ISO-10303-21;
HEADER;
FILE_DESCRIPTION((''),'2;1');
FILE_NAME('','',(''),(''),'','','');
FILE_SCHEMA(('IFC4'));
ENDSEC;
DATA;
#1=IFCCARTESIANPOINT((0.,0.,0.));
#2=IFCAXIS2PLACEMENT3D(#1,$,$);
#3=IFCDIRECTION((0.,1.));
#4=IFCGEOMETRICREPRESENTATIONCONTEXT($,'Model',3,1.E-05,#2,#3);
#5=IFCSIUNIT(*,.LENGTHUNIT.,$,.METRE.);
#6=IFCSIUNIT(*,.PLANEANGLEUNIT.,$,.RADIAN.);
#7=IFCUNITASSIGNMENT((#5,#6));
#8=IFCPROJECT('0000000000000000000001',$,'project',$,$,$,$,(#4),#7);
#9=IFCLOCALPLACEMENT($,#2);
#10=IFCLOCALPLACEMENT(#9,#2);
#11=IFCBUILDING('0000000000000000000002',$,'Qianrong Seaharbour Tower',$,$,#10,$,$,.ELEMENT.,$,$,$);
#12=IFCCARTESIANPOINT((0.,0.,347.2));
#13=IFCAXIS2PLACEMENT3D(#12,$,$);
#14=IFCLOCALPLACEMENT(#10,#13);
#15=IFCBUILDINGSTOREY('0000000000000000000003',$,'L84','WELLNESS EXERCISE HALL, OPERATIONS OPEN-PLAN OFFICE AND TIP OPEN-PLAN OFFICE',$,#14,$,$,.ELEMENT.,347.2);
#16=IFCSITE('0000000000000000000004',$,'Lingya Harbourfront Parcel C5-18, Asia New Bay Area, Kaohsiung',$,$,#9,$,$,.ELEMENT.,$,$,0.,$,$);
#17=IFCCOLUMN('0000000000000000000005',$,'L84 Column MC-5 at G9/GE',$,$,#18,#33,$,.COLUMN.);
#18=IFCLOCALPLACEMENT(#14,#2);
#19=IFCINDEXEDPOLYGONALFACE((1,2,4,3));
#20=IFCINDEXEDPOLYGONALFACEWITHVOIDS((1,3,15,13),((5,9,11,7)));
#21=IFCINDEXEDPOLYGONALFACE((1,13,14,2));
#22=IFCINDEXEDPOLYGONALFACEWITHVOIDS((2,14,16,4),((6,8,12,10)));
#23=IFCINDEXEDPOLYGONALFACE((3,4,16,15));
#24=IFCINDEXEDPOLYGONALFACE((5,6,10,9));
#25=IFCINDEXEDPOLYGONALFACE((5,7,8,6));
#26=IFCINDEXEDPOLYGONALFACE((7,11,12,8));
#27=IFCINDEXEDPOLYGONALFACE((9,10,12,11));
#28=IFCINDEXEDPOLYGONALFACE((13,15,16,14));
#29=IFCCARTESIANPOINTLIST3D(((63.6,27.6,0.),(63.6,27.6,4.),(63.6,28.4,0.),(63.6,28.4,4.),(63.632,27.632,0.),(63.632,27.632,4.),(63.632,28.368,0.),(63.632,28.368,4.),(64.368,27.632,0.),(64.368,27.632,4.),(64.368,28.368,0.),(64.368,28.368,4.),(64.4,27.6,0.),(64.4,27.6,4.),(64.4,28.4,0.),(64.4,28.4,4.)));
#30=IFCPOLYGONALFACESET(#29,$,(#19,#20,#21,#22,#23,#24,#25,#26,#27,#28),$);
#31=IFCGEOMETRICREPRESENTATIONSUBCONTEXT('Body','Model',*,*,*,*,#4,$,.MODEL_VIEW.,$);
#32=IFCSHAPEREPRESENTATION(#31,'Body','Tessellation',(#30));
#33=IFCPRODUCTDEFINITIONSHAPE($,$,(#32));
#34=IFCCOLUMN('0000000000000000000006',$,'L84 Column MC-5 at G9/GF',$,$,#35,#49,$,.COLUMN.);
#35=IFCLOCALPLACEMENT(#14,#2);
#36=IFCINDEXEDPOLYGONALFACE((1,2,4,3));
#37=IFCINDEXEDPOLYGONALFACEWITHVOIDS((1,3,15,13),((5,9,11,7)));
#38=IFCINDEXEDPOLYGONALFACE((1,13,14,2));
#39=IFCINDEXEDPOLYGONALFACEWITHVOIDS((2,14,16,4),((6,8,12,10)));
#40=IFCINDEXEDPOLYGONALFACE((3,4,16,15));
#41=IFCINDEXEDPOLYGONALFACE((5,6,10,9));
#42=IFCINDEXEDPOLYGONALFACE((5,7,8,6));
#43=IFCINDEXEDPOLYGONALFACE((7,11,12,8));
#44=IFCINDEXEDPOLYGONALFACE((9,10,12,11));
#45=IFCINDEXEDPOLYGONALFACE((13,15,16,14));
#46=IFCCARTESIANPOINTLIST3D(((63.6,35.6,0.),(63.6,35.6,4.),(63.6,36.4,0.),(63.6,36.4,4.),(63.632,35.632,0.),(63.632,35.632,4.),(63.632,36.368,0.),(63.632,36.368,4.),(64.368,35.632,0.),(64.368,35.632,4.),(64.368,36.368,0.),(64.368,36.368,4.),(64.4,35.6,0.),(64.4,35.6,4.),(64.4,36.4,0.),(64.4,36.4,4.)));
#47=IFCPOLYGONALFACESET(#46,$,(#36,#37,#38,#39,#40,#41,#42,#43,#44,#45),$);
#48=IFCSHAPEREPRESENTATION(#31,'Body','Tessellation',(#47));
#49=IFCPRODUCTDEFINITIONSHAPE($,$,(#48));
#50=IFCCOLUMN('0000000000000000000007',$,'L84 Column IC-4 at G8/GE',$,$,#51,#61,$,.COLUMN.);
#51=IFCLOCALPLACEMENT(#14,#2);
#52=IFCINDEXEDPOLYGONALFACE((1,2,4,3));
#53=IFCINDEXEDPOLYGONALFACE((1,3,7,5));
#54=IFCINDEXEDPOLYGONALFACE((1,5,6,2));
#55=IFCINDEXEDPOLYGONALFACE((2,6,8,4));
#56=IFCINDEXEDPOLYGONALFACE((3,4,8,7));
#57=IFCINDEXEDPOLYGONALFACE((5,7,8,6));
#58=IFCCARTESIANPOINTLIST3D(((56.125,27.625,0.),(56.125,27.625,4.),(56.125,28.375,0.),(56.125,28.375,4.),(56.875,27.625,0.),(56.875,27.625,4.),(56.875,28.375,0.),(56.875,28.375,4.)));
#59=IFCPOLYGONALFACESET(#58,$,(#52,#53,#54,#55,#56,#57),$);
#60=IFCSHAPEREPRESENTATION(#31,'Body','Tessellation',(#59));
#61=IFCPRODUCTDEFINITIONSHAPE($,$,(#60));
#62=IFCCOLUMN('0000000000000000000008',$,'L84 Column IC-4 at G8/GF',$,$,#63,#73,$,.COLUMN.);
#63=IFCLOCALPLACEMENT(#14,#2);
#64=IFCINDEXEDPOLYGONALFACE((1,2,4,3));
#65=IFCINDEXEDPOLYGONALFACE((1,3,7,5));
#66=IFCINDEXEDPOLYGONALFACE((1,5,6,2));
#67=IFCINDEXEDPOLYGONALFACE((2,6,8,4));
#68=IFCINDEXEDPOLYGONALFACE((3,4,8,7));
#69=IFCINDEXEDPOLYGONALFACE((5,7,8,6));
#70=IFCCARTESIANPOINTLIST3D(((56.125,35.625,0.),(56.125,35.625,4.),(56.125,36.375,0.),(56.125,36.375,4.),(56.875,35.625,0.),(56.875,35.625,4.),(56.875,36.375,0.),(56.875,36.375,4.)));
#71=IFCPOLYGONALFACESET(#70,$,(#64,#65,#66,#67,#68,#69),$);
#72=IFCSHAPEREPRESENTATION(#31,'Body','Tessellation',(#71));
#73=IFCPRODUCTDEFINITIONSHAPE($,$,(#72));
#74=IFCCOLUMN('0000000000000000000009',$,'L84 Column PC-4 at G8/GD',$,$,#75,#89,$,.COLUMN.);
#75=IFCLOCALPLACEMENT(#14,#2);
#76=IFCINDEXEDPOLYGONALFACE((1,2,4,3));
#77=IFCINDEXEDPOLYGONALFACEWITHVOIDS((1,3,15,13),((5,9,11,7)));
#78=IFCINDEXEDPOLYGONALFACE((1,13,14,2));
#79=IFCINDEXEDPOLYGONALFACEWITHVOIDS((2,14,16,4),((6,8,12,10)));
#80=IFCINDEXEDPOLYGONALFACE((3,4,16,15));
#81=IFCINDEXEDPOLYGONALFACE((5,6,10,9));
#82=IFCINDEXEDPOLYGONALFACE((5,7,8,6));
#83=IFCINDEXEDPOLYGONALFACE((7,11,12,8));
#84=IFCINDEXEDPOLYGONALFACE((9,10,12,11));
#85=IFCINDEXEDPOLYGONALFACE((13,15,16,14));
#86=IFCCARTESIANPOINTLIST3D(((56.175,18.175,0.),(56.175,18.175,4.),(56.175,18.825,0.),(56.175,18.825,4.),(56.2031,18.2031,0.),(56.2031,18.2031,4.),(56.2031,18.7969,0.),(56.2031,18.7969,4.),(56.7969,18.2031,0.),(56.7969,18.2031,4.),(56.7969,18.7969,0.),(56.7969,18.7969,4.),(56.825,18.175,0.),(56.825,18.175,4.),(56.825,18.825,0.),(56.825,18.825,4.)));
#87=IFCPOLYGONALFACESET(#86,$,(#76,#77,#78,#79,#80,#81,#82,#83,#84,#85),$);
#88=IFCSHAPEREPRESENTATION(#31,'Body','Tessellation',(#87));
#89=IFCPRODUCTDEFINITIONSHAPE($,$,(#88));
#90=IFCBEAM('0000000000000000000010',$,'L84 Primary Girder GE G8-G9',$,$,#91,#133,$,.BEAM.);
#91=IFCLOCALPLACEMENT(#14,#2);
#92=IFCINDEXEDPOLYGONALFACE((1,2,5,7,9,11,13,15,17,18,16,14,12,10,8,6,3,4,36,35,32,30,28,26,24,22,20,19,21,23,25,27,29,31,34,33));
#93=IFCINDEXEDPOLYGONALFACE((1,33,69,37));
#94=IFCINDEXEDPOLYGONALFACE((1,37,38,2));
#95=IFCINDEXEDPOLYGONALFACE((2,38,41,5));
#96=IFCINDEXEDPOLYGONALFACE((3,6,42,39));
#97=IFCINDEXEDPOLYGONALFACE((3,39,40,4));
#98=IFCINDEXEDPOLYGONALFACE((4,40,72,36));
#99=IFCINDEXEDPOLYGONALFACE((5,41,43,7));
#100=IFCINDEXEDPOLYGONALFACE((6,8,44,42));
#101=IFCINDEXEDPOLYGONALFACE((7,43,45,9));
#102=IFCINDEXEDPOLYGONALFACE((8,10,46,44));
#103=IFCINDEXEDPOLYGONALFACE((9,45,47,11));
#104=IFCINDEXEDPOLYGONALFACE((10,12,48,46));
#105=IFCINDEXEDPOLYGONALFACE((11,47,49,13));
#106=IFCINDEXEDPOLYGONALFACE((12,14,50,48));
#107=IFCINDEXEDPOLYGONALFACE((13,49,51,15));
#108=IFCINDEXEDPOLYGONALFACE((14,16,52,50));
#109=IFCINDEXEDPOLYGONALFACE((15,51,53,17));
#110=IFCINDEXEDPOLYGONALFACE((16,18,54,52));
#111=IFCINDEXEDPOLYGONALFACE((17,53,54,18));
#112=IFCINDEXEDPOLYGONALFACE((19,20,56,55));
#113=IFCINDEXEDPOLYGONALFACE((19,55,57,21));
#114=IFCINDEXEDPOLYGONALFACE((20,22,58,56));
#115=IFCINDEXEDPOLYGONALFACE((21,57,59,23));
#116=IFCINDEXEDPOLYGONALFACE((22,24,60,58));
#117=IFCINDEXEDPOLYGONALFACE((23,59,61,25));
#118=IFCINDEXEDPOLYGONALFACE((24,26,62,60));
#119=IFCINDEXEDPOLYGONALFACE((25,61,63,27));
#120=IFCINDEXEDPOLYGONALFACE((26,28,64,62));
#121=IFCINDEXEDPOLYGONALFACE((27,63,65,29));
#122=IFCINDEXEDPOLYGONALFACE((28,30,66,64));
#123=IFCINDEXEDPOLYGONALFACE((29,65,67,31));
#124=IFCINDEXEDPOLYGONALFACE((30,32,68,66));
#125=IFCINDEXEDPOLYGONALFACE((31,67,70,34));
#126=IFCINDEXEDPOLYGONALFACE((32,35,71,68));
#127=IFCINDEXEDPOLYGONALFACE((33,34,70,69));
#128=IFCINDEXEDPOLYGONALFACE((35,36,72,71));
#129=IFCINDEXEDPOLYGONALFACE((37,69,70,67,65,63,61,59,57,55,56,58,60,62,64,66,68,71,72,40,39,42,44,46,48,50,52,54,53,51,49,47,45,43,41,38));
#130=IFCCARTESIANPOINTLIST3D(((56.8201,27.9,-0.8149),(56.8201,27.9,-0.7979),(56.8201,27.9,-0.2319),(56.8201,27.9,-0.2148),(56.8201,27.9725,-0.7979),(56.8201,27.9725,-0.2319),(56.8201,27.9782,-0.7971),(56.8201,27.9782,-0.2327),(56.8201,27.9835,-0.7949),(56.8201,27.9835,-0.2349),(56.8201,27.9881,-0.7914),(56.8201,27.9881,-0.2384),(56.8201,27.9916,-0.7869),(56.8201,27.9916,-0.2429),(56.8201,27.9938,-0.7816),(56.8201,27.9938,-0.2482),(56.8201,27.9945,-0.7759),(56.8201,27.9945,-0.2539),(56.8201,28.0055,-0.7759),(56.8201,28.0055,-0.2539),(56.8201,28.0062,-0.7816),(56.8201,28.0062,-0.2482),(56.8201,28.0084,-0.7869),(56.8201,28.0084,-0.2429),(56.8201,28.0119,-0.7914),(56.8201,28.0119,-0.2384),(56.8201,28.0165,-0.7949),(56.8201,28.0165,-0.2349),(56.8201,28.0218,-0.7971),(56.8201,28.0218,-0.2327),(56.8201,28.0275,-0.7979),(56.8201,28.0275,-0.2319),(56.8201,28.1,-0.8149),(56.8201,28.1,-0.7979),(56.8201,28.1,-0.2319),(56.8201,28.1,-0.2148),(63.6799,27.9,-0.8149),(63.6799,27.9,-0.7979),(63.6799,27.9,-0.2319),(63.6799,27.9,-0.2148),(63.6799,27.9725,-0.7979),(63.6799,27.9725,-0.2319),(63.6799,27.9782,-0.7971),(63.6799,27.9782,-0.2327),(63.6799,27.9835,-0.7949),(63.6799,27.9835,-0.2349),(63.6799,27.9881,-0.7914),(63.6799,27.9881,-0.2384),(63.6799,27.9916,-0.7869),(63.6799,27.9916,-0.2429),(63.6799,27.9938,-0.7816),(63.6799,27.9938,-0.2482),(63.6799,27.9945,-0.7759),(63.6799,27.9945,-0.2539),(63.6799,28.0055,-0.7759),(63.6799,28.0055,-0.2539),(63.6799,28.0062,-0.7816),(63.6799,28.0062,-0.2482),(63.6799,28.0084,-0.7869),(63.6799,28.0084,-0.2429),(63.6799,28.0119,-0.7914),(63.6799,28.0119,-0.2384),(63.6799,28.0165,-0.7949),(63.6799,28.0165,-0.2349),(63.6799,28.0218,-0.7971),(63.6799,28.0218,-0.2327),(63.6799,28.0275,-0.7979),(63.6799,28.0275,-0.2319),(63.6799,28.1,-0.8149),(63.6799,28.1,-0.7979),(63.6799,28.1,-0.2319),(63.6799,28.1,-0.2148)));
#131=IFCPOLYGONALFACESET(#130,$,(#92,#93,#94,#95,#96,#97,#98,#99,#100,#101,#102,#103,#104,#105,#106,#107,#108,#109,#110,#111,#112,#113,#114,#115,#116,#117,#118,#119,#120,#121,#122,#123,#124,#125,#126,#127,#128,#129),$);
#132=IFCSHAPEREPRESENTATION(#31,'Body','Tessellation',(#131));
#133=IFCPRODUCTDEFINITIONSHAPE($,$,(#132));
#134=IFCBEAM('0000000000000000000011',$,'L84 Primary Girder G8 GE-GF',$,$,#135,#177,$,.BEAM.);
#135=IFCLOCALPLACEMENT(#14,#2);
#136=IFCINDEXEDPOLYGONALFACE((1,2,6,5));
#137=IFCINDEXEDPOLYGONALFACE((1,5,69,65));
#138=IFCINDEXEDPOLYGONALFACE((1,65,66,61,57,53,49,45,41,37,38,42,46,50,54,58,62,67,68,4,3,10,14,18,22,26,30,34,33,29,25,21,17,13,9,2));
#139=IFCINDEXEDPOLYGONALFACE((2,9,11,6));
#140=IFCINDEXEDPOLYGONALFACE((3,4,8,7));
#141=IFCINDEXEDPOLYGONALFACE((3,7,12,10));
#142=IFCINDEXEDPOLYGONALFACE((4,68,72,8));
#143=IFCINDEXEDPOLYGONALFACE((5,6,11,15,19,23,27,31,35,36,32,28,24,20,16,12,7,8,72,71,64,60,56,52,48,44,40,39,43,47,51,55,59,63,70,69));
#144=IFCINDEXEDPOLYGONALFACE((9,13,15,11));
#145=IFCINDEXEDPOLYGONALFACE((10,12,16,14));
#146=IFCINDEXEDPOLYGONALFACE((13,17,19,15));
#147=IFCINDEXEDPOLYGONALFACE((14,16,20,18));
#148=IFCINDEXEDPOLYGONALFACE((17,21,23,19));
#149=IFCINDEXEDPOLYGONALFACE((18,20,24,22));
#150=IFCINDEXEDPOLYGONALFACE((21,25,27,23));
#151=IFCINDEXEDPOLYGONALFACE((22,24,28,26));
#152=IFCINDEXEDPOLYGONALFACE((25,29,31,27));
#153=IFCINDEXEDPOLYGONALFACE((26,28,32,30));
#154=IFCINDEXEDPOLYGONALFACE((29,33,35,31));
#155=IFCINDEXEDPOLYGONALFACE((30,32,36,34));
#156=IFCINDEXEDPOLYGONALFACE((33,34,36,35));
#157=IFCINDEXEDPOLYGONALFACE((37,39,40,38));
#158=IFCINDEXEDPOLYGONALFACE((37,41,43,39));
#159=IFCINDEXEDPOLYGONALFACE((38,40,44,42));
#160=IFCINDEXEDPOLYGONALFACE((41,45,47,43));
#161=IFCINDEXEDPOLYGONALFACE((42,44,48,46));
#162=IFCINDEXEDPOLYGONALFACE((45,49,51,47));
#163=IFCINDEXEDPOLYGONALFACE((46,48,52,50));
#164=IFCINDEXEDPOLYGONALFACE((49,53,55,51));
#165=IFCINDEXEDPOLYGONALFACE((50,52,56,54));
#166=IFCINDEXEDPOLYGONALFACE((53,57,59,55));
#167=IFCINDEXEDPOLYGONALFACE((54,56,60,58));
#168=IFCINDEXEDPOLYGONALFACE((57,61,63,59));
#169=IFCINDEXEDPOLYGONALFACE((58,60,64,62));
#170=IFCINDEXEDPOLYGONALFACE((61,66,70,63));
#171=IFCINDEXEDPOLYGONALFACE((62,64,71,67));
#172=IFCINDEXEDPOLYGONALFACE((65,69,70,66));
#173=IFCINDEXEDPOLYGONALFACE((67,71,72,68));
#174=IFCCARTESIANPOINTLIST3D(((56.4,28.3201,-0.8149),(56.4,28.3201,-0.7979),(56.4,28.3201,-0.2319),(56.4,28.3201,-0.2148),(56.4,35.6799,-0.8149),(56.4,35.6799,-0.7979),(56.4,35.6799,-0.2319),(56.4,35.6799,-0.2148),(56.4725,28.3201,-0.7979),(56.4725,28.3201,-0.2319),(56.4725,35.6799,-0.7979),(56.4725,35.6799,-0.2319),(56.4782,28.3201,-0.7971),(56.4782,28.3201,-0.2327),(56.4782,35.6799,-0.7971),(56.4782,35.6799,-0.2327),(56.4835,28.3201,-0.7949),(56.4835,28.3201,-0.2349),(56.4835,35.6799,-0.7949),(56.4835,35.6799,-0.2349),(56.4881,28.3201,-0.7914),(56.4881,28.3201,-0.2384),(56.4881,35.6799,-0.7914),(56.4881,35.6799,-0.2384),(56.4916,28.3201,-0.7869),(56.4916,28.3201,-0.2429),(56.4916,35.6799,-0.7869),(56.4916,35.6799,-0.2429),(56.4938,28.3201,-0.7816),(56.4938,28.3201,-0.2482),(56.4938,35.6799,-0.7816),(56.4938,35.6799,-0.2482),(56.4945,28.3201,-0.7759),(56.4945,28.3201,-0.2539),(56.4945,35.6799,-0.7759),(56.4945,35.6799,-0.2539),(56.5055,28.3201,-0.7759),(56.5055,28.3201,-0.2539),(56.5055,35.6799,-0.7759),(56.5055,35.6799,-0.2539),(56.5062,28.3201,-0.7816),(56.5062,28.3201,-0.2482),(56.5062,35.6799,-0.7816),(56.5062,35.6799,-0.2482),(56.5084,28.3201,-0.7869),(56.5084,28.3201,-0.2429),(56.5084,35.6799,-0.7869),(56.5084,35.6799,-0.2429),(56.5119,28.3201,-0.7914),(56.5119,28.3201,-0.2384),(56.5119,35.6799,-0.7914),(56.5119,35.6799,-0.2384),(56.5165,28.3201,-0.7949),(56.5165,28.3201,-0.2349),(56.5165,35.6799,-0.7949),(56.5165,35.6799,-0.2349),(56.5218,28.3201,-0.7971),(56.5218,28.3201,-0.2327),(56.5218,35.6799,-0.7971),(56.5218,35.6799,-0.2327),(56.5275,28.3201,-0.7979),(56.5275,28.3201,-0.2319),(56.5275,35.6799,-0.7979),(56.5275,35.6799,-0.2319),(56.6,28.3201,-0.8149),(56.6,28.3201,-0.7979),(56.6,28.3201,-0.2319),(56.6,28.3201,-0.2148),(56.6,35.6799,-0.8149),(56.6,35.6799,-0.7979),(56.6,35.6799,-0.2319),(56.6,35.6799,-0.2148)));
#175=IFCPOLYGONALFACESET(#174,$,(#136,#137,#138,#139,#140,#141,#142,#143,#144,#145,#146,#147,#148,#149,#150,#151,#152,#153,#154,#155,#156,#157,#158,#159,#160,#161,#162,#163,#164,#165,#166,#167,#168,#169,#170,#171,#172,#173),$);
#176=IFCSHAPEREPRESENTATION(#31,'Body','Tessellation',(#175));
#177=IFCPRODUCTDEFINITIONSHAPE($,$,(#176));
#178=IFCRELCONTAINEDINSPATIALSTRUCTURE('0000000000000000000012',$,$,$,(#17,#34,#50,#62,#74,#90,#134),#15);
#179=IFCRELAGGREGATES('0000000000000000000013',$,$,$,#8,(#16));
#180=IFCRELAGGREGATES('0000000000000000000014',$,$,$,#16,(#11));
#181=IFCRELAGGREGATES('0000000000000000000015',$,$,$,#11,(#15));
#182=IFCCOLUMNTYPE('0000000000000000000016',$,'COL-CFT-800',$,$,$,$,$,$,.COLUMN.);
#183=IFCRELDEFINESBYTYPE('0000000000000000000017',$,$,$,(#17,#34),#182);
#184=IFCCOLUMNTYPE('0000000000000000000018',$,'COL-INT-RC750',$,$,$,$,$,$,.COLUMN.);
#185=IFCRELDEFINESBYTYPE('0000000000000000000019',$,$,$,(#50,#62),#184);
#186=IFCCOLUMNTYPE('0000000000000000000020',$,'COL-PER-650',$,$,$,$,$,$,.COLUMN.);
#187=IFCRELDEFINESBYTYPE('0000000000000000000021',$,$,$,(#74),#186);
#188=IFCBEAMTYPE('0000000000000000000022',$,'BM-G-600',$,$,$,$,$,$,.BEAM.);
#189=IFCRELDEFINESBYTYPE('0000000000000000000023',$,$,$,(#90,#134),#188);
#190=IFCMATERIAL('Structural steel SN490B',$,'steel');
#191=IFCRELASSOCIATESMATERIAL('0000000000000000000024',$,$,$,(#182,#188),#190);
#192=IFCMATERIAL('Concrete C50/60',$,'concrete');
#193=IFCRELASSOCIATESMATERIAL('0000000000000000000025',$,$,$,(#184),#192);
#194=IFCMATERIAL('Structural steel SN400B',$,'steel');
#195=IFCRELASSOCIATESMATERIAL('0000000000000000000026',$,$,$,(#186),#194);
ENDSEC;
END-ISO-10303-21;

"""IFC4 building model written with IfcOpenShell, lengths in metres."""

from ifc_helpers import new_model, si_unit, direction, frame, origin, origin_2d, place, context, subcontext, project, spatial, rectangle, hollow_rectangle, i_section, extrude, material, material_profile, profile_set, type_object, element, save


model = new_model("IFC4")

# Units and contexts
model_context = context("Model", 3, precision=1e-05, world=origin(), true_north=direction((0.0, 1.0)))
body_context = subcontext(model_context, "Body", "Model", "MODEL_VIEW")
ifc_project = project(units=[si_unit("LENGTHUNIT", "METRE"), si_unit("PLANEANGLEUNIT", "RADIAN")], contexts=[model_context])

# Site, building, storey
site_placement = place(None, origin())
site = spatial("IfcSite", under=ifc_project, at=site_placement, Name="Lingya Harbourfront Parcel C5-18, Asia New Bay Area, Kaohsiung", CompositionType="ELEMENT", RefElevation=0.0)
building_placement = place(site_placement, origin())
building = spatial("IfcBuilding", under=site, at=building_placement, Name="Qianrong Seaharbour Tower", CompositionType="ELEMENT")
storey_placement = place(building_placement, frame((0.0, 0.0, 347.2)))
storey = spatial("IfcBuildingStorey", under=building, at=storey_placement, Name="L84", Description="WELLNESS EXERCISE HALL, OPERATIONS OPEN-PLAN OFFICE AND TIP OPEN-PLAN OFFICE", CompositionType="ELEMENT", Elevation=347.2)

# Columns
ifc_material_1 = material(Name="Structural steel SN490B", Category="steel")
ifc_material_profile_1 = material_profile(ifc_material_1, hollow_rectangle(XDim=0.8, YDim=0.8, WallThickness=0.032, at=origin_2d()), Name="BOX800x800x32")
ifc_profile_set_1 = profile_set([ifc_material_profile_1], Name="Structural steel SN490B")
column_type_1 = type_object("IfcColumnType", Name="COL-CFT-800", PredefinedType="COLUMN", material=ifc_profile_set_1)
for number, where, z_axis, x_axis, name in (
    (1, (64.0, 28.0, 0.0), (0.0, 0.0, 1.0), (1.0, 0.0, 0.0), "L84 Column MC-5 at G9/GE"),
    (2, (64.0, 36.0, 0.0), (0.0, 0.0, 1.0), (1.0, 0.0, 0.0), "L84 Column MC-5 at G9/GF"),
):
    element("IfcColumn", number, at=place(storey_placement, frame(where, z_axis=z_axis, x_axis=x_axis)), inside=storey, type_object=column_type_1, Name=name, PredefinedType="COLUMN", context=body_context, shape_type="SweptSolid", body=[
        extrude(hollow_rectangle(XDim=0.8, YDim=0.8, WallThickness=0.032, at=origin_2d()), origin(), (0.0, 0.0, 1.0), 4.0),
    ])
ifc_material_2 = material(Name="Concrete C50/60", Category="concrete")
ifc_material_profile_2 = material_profile(ifc_material_2, rectangle(XDim=0.75, YDim=0.75, at=origin_2d()), Name="RC750x750")
ifc_profile_set_2 = profile_set([ifc_material_profile_2], Name="Concrete C50/60")
column_type_2 = type_object("IfcColumnType", Name="COL-INT-RC750", PredefinedType="COLUMN", material=ifc_profile_set_2)
for number, where, z_axis, x_axis, name in (
    (3, (56.5, 28.0, 0.0), (0.0, 0.0, 1.0), (1.0, 0.0, 0.0), "L84 Column IC-4 at G8/GE"),
    (4, (56.5, 36.0, 0.0), (0.0, 0.0, 1.0), (1.0, 0.0, 0.0), "L84 Column IC-4 at G8/GF"),
):
    element("IfcColumn", number, at=place(storey_placement, frame(where, z_axis=z_axis, x_axis=x_axis)), inside=storey, type_object=column_type_2, Name=name, PredefinedType="COLUMN", context=body_context, shape_type="SweptSolid", body=[
        extrude(rectangle(XDim=0.75, YDim=0.75, at=origin_2d()), origin(), (0.0, 0.0, 1.0), 4.0),
    ])
ifc_material_3 = material(Name="Structural steel SN400B", Category="steel")
ifc_material_profile_3 = material_profile(ifc_material_3, hollow_rectangle(XDim=0.6499, YDim=0.6499, WallThickness=0.0281, at=origin_2d()), Name="BOX650x650x28")
ifc_profile_set_3 = profile_set([ifc_material_profile_3], Name="Structural steel SN400B")
column_type_3 = type_object("IfcColumnType", Name="COL-PER-650", PredefinedType="COLUMN", material=ifc_profile_set_3)
column_placement = place(storey_placement, frame((56.5, 18.5, 0.0), z_axis=(0.0, 0.0, 1.0), x_axis=(1.0, 0.0, 0.0)))
element("IfcColumn", 5, at=column_placement, inside=storey, type_object=column_type_3, Name="L84 Column PC-4 at G8/GD", PredefinedType="COLUMN", context=body_context, shape_type="SweptSolid", body=[
    extrude(hollow_rectangle(XDim=0.6499, YDim=0.6499, WallThickness=0.0281, at=origin_2d()), origin(), (0.0, 0.0, 1.0), 4.0),
])

# Beams
ifc_material_profile_4 = material_profile(ifc_material_1, i_section(OverallWidth=0.2, OverallDepth=0.6001, WebThickness=0.011, FlangeThickness=0.0171, FilletRadius=0.022, at=origin_2d()), Name="H600x200x11x17")
ifc_profile_set_4 = profile_set([ifc_material_profile_4], Name="Structural steel SN490B")
beam_type_1 = type_object("IfcBeamType", Name="BM-G-600", PredefinedType="BEAM", material=ifc_profile_set_4)
beam_1_placement = place(storey_placement, frame((56.8201, 28.0, -0.5149), z_axis=(1.0, 0.0, 0.0), x_axis=(0.0, 1.0, 0.0)))
element("IfcBeam", 6, at=beam_1_placement, inside=storey, type_object=beam_type_1, Name="L84 Primary Girder GE G8-G9", PredefinedType="BEAM", context=body_context, shape_type="SweptSolid", body=[
    extrude(i_section(OverallWidth=0.2, OverallDepth=0.6001, WebThickness=0.011, FlangeThickness=0.0171, FilletRadius=0.022, at=origin_2d()), origin(), (0.0, 0.0, 1.0), 6.8599),
])
beam_2_placement = place(storey_placement, frame((56.5, 28.3201, -0.5149), z_axis=(0.0, 1.0, 0.0), x_axis=(-1.0, 0.0, 0.0)))
element("IfcBeam", 7, at=beam_2_placement, inside=storey, type_object=beam_type_1, Name="L84 Primary Girder G8 GE-GF", PredefinedType="BEAM", context=body_context, shape_type="SweptSolid", body=[
    extrude(i_section(OverallWidth=0.2, OverallDepth=0.6001, WebThickness=0.011, FlangeThickness=0.0171, FilletRadius=0.022, at=origin_2d()), origin(), (0.0, 0.0, 1.0), 7.3599),
])

save(model, "model.ifc")
